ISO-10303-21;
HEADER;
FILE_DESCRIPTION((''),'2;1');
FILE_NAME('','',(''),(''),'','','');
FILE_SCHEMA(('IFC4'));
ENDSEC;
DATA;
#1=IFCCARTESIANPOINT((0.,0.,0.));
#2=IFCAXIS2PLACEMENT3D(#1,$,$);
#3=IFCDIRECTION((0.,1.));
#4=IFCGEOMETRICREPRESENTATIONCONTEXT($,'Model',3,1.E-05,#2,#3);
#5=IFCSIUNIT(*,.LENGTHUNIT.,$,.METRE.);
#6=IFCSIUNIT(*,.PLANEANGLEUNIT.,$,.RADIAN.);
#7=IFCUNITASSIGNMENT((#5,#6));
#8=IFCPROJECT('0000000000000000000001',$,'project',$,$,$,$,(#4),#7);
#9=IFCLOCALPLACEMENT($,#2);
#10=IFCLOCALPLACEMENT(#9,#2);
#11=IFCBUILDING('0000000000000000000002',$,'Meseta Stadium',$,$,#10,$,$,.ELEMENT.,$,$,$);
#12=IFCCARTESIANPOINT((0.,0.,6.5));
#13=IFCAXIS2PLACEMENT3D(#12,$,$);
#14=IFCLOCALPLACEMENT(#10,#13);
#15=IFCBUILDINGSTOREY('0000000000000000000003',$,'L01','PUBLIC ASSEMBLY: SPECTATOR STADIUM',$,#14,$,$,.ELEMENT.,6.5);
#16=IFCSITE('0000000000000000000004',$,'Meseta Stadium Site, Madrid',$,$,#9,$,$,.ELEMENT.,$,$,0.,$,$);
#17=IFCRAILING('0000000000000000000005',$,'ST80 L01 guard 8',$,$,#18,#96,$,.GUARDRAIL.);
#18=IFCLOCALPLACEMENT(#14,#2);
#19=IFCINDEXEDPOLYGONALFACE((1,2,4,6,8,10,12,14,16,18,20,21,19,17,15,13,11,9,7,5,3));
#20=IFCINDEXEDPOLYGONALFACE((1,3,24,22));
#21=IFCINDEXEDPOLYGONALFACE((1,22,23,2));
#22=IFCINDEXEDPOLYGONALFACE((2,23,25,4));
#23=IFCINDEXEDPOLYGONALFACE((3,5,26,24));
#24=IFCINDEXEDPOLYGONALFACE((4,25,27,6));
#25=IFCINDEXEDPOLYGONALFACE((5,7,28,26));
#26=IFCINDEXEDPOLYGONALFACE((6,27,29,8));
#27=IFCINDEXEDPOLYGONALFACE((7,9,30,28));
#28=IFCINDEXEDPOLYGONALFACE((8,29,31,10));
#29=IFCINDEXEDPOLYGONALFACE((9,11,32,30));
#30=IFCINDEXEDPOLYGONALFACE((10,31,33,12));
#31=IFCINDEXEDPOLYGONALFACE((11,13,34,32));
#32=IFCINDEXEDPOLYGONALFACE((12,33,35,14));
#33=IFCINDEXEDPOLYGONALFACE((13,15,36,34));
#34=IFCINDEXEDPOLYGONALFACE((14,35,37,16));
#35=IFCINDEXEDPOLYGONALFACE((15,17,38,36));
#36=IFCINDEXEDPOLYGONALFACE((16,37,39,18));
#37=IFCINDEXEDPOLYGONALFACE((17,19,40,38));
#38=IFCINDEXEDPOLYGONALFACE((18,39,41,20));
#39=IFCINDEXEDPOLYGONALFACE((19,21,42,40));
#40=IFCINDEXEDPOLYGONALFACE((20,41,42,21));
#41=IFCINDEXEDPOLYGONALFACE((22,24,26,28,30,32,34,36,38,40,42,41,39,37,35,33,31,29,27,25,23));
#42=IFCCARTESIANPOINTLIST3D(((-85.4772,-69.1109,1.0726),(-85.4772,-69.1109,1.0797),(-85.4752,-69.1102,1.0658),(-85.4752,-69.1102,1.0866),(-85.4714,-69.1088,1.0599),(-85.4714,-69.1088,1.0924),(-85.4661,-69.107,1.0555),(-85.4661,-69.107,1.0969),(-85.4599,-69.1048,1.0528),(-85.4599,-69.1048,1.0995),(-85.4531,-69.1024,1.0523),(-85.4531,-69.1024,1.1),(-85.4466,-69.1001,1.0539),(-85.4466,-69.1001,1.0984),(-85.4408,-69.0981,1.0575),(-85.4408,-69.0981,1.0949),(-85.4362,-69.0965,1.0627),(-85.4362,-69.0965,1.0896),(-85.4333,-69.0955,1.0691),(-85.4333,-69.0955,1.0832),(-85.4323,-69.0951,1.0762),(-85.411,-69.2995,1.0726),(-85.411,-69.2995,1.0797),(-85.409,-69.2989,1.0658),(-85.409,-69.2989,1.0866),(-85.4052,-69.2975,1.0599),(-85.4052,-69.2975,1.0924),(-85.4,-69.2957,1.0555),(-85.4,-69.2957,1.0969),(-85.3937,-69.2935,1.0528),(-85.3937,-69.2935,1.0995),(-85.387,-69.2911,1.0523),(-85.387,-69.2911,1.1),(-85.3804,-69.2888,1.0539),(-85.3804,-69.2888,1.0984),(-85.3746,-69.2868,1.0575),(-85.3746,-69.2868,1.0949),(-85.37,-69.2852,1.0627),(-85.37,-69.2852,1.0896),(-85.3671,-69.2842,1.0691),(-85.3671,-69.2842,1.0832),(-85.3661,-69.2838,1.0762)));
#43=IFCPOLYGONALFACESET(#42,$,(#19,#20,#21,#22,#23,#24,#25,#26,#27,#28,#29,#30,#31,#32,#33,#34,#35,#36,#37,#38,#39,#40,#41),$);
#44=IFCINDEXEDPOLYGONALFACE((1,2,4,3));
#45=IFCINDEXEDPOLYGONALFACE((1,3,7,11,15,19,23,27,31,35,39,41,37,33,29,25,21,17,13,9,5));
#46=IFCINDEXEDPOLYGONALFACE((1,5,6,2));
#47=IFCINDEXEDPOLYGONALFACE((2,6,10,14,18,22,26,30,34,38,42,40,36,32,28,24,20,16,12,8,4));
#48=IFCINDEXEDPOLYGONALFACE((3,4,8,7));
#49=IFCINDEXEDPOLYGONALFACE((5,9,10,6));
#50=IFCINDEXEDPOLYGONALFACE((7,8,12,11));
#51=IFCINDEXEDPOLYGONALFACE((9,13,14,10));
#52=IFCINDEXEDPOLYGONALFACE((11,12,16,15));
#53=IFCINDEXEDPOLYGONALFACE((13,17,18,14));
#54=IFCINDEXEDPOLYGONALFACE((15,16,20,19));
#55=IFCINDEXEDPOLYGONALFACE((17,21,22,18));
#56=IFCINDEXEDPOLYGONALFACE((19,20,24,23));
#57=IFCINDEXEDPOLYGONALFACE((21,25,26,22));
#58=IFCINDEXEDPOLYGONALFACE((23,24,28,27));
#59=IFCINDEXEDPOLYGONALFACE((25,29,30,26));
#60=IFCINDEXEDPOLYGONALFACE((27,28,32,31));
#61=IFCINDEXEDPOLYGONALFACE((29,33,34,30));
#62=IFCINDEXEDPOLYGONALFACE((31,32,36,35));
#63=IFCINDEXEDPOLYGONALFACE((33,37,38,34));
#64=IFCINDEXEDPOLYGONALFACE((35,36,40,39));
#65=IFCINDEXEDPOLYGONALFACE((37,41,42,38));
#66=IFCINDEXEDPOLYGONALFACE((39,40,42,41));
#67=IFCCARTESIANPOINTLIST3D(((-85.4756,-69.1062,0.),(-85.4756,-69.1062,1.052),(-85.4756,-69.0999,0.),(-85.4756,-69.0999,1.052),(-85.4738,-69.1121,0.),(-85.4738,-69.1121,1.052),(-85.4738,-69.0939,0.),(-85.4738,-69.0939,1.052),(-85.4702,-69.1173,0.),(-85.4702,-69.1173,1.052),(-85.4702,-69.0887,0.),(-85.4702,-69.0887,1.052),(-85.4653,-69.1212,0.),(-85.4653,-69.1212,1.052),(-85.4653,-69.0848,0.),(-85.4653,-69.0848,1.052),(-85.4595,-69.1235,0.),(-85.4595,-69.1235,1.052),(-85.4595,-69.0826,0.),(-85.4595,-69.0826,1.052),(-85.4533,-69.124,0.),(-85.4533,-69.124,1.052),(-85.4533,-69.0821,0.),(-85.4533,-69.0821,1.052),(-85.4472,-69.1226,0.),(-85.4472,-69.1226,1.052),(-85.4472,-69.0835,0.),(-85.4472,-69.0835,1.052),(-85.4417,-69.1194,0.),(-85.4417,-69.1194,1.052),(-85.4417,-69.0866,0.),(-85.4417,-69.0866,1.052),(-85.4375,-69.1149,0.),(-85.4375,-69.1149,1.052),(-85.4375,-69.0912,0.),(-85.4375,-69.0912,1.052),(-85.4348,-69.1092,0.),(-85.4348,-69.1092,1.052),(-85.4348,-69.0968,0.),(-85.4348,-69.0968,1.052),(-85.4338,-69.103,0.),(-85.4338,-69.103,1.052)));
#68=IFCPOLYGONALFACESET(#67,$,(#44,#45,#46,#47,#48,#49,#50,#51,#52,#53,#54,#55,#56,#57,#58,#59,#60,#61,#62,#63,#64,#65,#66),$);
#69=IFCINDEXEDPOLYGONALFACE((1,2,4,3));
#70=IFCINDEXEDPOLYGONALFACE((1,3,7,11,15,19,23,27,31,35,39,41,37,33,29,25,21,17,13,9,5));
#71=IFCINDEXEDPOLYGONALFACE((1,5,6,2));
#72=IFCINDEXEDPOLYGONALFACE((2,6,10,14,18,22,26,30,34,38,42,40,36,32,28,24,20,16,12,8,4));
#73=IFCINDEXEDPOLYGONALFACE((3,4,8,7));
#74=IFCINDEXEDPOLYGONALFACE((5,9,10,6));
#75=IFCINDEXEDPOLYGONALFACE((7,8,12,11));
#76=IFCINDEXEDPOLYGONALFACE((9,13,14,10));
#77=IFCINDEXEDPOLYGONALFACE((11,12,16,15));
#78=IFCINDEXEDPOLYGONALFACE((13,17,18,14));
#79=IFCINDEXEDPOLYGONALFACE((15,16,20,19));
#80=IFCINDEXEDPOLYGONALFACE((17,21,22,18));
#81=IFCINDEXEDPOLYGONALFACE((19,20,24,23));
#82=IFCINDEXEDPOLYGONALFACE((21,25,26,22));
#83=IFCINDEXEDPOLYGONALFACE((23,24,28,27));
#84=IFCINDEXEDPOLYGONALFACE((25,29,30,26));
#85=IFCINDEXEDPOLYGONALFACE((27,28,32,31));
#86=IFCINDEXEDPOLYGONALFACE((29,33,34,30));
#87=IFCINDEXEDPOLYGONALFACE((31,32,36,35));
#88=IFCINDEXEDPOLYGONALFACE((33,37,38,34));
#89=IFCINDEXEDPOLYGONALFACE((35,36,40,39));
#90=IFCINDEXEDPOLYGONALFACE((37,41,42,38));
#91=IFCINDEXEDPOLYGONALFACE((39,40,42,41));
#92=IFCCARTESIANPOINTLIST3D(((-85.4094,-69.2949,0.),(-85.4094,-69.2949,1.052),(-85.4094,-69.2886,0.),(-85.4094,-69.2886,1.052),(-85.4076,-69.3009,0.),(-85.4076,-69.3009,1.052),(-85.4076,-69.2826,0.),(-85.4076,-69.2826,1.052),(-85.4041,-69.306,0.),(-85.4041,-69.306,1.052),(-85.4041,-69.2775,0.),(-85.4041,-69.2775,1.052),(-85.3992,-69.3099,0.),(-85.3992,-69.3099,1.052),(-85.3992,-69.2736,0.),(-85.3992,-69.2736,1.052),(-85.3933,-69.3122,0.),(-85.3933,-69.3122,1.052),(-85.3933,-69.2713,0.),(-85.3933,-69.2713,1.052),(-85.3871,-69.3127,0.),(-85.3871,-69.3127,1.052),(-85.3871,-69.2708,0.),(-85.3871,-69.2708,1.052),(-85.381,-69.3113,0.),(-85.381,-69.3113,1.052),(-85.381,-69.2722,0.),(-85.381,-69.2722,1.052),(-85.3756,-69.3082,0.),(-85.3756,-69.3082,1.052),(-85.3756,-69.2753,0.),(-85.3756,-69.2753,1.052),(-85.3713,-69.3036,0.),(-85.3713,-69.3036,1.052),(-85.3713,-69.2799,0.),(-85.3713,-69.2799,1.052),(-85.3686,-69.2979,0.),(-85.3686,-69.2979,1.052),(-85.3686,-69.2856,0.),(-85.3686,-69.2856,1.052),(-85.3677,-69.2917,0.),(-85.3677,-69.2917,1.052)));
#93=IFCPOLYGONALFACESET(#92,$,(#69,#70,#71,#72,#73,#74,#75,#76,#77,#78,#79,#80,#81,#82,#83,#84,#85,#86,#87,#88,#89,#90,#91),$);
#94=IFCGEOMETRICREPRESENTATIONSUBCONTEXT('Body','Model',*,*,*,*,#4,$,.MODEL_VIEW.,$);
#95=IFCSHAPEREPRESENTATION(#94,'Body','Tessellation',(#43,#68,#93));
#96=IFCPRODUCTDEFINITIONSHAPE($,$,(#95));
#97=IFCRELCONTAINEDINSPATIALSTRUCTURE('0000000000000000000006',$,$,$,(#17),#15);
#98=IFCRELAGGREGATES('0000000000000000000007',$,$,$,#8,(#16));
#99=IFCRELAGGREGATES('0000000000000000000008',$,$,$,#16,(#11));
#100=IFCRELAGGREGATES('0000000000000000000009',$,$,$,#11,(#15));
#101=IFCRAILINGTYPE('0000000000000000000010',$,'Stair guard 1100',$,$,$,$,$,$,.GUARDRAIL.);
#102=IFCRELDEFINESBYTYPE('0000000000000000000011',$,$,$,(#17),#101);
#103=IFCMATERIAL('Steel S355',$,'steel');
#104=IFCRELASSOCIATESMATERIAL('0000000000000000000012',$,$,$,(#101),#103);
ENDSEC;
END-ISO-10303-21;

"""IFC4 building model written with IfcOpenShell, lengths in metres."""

from ifc_helpers import new_model, si_unit, direction, frame, origin, origin_2d, place, context, subcontext, project, spatial, circle, extrude, material, type_object, element, save


model = new_model("IFC4")

# Units and contexts
model_context = context("Model", 3, precision=1e-05, world=origin(), true_north=direction((0.0, 1.0)))
body_context = subcontext(model_context, "Body", "Model", "MODEL_VIEW")
ifc_project = project(units=[si_unit("LENGTHUNIT", "METRE"), si_unit("PLANEANGLEUNIT", "RADIAN")], contexts=[model_context])

# Site, building, storey
site_placement = place(None, origin())
site = spatial("IfcSite", under=ifc_project, at=site_placement, Name="Meseta Stadium Site, Madrid", CompositionType="ELEMENT", RefElevation=0.0)
building_placement = place(site_placement, origin())
building = spatial("IfcBuilding", under=site, at=building_placement, Name="Meseta Stadium", CompositionType="ELEMENT")
storey_placement = place(building_placement, frame((0.0, 0.0, 6.5)))
storey = spatial("IfcBuildingStorey", under=building, at=storey_placement, Name="L01", Description="PUBLIC ASSEMBLY: SPECTATOR STADIUM", CompositionType="ELEMENT", Elevation=6.5)

# Railing
ifc_material_1 = material(Name="Steel S355", Category="steel")
railing_type_1 = type_object("IfcRailingType", Name="Stair guard 1100", PredefinedType="GUARDRAIL", material=ifc_material_1)
railing_1_placement = place(storey_placement, frame((-85.4548, -69.103, 0.0)))
element("IfcRailing", 1, at=railing_1_placement, inside=storey, type_object=railing_type_1, Name="ST80 L01 guard 8", PredefinedType="GUARDRAIL", context=body_context, shape_type="SweptSolid", body=[
    extrude(circle(Radius=0.0239, at=origin_2d()), frame((0.0, 0.0, 1.0762), z_axis=(0.33084, -0.943687, 0.0), x_axis=(0.943687, 0.33084, 0.0)), (0.0, 0.0, 1.0), 0.2),
    extrude(circle(Radius=0.021, at=origin_2d()), origin(), (0.0, 0.0, 1.0), 1.052),
    extrude(circle(Radius=0.021, at=origin_2d()), frame((0.0662, -0.1887, 0.0)), (0.0, 0.0, 1.0), 1.052),
])

save(model, "model.ifc")
